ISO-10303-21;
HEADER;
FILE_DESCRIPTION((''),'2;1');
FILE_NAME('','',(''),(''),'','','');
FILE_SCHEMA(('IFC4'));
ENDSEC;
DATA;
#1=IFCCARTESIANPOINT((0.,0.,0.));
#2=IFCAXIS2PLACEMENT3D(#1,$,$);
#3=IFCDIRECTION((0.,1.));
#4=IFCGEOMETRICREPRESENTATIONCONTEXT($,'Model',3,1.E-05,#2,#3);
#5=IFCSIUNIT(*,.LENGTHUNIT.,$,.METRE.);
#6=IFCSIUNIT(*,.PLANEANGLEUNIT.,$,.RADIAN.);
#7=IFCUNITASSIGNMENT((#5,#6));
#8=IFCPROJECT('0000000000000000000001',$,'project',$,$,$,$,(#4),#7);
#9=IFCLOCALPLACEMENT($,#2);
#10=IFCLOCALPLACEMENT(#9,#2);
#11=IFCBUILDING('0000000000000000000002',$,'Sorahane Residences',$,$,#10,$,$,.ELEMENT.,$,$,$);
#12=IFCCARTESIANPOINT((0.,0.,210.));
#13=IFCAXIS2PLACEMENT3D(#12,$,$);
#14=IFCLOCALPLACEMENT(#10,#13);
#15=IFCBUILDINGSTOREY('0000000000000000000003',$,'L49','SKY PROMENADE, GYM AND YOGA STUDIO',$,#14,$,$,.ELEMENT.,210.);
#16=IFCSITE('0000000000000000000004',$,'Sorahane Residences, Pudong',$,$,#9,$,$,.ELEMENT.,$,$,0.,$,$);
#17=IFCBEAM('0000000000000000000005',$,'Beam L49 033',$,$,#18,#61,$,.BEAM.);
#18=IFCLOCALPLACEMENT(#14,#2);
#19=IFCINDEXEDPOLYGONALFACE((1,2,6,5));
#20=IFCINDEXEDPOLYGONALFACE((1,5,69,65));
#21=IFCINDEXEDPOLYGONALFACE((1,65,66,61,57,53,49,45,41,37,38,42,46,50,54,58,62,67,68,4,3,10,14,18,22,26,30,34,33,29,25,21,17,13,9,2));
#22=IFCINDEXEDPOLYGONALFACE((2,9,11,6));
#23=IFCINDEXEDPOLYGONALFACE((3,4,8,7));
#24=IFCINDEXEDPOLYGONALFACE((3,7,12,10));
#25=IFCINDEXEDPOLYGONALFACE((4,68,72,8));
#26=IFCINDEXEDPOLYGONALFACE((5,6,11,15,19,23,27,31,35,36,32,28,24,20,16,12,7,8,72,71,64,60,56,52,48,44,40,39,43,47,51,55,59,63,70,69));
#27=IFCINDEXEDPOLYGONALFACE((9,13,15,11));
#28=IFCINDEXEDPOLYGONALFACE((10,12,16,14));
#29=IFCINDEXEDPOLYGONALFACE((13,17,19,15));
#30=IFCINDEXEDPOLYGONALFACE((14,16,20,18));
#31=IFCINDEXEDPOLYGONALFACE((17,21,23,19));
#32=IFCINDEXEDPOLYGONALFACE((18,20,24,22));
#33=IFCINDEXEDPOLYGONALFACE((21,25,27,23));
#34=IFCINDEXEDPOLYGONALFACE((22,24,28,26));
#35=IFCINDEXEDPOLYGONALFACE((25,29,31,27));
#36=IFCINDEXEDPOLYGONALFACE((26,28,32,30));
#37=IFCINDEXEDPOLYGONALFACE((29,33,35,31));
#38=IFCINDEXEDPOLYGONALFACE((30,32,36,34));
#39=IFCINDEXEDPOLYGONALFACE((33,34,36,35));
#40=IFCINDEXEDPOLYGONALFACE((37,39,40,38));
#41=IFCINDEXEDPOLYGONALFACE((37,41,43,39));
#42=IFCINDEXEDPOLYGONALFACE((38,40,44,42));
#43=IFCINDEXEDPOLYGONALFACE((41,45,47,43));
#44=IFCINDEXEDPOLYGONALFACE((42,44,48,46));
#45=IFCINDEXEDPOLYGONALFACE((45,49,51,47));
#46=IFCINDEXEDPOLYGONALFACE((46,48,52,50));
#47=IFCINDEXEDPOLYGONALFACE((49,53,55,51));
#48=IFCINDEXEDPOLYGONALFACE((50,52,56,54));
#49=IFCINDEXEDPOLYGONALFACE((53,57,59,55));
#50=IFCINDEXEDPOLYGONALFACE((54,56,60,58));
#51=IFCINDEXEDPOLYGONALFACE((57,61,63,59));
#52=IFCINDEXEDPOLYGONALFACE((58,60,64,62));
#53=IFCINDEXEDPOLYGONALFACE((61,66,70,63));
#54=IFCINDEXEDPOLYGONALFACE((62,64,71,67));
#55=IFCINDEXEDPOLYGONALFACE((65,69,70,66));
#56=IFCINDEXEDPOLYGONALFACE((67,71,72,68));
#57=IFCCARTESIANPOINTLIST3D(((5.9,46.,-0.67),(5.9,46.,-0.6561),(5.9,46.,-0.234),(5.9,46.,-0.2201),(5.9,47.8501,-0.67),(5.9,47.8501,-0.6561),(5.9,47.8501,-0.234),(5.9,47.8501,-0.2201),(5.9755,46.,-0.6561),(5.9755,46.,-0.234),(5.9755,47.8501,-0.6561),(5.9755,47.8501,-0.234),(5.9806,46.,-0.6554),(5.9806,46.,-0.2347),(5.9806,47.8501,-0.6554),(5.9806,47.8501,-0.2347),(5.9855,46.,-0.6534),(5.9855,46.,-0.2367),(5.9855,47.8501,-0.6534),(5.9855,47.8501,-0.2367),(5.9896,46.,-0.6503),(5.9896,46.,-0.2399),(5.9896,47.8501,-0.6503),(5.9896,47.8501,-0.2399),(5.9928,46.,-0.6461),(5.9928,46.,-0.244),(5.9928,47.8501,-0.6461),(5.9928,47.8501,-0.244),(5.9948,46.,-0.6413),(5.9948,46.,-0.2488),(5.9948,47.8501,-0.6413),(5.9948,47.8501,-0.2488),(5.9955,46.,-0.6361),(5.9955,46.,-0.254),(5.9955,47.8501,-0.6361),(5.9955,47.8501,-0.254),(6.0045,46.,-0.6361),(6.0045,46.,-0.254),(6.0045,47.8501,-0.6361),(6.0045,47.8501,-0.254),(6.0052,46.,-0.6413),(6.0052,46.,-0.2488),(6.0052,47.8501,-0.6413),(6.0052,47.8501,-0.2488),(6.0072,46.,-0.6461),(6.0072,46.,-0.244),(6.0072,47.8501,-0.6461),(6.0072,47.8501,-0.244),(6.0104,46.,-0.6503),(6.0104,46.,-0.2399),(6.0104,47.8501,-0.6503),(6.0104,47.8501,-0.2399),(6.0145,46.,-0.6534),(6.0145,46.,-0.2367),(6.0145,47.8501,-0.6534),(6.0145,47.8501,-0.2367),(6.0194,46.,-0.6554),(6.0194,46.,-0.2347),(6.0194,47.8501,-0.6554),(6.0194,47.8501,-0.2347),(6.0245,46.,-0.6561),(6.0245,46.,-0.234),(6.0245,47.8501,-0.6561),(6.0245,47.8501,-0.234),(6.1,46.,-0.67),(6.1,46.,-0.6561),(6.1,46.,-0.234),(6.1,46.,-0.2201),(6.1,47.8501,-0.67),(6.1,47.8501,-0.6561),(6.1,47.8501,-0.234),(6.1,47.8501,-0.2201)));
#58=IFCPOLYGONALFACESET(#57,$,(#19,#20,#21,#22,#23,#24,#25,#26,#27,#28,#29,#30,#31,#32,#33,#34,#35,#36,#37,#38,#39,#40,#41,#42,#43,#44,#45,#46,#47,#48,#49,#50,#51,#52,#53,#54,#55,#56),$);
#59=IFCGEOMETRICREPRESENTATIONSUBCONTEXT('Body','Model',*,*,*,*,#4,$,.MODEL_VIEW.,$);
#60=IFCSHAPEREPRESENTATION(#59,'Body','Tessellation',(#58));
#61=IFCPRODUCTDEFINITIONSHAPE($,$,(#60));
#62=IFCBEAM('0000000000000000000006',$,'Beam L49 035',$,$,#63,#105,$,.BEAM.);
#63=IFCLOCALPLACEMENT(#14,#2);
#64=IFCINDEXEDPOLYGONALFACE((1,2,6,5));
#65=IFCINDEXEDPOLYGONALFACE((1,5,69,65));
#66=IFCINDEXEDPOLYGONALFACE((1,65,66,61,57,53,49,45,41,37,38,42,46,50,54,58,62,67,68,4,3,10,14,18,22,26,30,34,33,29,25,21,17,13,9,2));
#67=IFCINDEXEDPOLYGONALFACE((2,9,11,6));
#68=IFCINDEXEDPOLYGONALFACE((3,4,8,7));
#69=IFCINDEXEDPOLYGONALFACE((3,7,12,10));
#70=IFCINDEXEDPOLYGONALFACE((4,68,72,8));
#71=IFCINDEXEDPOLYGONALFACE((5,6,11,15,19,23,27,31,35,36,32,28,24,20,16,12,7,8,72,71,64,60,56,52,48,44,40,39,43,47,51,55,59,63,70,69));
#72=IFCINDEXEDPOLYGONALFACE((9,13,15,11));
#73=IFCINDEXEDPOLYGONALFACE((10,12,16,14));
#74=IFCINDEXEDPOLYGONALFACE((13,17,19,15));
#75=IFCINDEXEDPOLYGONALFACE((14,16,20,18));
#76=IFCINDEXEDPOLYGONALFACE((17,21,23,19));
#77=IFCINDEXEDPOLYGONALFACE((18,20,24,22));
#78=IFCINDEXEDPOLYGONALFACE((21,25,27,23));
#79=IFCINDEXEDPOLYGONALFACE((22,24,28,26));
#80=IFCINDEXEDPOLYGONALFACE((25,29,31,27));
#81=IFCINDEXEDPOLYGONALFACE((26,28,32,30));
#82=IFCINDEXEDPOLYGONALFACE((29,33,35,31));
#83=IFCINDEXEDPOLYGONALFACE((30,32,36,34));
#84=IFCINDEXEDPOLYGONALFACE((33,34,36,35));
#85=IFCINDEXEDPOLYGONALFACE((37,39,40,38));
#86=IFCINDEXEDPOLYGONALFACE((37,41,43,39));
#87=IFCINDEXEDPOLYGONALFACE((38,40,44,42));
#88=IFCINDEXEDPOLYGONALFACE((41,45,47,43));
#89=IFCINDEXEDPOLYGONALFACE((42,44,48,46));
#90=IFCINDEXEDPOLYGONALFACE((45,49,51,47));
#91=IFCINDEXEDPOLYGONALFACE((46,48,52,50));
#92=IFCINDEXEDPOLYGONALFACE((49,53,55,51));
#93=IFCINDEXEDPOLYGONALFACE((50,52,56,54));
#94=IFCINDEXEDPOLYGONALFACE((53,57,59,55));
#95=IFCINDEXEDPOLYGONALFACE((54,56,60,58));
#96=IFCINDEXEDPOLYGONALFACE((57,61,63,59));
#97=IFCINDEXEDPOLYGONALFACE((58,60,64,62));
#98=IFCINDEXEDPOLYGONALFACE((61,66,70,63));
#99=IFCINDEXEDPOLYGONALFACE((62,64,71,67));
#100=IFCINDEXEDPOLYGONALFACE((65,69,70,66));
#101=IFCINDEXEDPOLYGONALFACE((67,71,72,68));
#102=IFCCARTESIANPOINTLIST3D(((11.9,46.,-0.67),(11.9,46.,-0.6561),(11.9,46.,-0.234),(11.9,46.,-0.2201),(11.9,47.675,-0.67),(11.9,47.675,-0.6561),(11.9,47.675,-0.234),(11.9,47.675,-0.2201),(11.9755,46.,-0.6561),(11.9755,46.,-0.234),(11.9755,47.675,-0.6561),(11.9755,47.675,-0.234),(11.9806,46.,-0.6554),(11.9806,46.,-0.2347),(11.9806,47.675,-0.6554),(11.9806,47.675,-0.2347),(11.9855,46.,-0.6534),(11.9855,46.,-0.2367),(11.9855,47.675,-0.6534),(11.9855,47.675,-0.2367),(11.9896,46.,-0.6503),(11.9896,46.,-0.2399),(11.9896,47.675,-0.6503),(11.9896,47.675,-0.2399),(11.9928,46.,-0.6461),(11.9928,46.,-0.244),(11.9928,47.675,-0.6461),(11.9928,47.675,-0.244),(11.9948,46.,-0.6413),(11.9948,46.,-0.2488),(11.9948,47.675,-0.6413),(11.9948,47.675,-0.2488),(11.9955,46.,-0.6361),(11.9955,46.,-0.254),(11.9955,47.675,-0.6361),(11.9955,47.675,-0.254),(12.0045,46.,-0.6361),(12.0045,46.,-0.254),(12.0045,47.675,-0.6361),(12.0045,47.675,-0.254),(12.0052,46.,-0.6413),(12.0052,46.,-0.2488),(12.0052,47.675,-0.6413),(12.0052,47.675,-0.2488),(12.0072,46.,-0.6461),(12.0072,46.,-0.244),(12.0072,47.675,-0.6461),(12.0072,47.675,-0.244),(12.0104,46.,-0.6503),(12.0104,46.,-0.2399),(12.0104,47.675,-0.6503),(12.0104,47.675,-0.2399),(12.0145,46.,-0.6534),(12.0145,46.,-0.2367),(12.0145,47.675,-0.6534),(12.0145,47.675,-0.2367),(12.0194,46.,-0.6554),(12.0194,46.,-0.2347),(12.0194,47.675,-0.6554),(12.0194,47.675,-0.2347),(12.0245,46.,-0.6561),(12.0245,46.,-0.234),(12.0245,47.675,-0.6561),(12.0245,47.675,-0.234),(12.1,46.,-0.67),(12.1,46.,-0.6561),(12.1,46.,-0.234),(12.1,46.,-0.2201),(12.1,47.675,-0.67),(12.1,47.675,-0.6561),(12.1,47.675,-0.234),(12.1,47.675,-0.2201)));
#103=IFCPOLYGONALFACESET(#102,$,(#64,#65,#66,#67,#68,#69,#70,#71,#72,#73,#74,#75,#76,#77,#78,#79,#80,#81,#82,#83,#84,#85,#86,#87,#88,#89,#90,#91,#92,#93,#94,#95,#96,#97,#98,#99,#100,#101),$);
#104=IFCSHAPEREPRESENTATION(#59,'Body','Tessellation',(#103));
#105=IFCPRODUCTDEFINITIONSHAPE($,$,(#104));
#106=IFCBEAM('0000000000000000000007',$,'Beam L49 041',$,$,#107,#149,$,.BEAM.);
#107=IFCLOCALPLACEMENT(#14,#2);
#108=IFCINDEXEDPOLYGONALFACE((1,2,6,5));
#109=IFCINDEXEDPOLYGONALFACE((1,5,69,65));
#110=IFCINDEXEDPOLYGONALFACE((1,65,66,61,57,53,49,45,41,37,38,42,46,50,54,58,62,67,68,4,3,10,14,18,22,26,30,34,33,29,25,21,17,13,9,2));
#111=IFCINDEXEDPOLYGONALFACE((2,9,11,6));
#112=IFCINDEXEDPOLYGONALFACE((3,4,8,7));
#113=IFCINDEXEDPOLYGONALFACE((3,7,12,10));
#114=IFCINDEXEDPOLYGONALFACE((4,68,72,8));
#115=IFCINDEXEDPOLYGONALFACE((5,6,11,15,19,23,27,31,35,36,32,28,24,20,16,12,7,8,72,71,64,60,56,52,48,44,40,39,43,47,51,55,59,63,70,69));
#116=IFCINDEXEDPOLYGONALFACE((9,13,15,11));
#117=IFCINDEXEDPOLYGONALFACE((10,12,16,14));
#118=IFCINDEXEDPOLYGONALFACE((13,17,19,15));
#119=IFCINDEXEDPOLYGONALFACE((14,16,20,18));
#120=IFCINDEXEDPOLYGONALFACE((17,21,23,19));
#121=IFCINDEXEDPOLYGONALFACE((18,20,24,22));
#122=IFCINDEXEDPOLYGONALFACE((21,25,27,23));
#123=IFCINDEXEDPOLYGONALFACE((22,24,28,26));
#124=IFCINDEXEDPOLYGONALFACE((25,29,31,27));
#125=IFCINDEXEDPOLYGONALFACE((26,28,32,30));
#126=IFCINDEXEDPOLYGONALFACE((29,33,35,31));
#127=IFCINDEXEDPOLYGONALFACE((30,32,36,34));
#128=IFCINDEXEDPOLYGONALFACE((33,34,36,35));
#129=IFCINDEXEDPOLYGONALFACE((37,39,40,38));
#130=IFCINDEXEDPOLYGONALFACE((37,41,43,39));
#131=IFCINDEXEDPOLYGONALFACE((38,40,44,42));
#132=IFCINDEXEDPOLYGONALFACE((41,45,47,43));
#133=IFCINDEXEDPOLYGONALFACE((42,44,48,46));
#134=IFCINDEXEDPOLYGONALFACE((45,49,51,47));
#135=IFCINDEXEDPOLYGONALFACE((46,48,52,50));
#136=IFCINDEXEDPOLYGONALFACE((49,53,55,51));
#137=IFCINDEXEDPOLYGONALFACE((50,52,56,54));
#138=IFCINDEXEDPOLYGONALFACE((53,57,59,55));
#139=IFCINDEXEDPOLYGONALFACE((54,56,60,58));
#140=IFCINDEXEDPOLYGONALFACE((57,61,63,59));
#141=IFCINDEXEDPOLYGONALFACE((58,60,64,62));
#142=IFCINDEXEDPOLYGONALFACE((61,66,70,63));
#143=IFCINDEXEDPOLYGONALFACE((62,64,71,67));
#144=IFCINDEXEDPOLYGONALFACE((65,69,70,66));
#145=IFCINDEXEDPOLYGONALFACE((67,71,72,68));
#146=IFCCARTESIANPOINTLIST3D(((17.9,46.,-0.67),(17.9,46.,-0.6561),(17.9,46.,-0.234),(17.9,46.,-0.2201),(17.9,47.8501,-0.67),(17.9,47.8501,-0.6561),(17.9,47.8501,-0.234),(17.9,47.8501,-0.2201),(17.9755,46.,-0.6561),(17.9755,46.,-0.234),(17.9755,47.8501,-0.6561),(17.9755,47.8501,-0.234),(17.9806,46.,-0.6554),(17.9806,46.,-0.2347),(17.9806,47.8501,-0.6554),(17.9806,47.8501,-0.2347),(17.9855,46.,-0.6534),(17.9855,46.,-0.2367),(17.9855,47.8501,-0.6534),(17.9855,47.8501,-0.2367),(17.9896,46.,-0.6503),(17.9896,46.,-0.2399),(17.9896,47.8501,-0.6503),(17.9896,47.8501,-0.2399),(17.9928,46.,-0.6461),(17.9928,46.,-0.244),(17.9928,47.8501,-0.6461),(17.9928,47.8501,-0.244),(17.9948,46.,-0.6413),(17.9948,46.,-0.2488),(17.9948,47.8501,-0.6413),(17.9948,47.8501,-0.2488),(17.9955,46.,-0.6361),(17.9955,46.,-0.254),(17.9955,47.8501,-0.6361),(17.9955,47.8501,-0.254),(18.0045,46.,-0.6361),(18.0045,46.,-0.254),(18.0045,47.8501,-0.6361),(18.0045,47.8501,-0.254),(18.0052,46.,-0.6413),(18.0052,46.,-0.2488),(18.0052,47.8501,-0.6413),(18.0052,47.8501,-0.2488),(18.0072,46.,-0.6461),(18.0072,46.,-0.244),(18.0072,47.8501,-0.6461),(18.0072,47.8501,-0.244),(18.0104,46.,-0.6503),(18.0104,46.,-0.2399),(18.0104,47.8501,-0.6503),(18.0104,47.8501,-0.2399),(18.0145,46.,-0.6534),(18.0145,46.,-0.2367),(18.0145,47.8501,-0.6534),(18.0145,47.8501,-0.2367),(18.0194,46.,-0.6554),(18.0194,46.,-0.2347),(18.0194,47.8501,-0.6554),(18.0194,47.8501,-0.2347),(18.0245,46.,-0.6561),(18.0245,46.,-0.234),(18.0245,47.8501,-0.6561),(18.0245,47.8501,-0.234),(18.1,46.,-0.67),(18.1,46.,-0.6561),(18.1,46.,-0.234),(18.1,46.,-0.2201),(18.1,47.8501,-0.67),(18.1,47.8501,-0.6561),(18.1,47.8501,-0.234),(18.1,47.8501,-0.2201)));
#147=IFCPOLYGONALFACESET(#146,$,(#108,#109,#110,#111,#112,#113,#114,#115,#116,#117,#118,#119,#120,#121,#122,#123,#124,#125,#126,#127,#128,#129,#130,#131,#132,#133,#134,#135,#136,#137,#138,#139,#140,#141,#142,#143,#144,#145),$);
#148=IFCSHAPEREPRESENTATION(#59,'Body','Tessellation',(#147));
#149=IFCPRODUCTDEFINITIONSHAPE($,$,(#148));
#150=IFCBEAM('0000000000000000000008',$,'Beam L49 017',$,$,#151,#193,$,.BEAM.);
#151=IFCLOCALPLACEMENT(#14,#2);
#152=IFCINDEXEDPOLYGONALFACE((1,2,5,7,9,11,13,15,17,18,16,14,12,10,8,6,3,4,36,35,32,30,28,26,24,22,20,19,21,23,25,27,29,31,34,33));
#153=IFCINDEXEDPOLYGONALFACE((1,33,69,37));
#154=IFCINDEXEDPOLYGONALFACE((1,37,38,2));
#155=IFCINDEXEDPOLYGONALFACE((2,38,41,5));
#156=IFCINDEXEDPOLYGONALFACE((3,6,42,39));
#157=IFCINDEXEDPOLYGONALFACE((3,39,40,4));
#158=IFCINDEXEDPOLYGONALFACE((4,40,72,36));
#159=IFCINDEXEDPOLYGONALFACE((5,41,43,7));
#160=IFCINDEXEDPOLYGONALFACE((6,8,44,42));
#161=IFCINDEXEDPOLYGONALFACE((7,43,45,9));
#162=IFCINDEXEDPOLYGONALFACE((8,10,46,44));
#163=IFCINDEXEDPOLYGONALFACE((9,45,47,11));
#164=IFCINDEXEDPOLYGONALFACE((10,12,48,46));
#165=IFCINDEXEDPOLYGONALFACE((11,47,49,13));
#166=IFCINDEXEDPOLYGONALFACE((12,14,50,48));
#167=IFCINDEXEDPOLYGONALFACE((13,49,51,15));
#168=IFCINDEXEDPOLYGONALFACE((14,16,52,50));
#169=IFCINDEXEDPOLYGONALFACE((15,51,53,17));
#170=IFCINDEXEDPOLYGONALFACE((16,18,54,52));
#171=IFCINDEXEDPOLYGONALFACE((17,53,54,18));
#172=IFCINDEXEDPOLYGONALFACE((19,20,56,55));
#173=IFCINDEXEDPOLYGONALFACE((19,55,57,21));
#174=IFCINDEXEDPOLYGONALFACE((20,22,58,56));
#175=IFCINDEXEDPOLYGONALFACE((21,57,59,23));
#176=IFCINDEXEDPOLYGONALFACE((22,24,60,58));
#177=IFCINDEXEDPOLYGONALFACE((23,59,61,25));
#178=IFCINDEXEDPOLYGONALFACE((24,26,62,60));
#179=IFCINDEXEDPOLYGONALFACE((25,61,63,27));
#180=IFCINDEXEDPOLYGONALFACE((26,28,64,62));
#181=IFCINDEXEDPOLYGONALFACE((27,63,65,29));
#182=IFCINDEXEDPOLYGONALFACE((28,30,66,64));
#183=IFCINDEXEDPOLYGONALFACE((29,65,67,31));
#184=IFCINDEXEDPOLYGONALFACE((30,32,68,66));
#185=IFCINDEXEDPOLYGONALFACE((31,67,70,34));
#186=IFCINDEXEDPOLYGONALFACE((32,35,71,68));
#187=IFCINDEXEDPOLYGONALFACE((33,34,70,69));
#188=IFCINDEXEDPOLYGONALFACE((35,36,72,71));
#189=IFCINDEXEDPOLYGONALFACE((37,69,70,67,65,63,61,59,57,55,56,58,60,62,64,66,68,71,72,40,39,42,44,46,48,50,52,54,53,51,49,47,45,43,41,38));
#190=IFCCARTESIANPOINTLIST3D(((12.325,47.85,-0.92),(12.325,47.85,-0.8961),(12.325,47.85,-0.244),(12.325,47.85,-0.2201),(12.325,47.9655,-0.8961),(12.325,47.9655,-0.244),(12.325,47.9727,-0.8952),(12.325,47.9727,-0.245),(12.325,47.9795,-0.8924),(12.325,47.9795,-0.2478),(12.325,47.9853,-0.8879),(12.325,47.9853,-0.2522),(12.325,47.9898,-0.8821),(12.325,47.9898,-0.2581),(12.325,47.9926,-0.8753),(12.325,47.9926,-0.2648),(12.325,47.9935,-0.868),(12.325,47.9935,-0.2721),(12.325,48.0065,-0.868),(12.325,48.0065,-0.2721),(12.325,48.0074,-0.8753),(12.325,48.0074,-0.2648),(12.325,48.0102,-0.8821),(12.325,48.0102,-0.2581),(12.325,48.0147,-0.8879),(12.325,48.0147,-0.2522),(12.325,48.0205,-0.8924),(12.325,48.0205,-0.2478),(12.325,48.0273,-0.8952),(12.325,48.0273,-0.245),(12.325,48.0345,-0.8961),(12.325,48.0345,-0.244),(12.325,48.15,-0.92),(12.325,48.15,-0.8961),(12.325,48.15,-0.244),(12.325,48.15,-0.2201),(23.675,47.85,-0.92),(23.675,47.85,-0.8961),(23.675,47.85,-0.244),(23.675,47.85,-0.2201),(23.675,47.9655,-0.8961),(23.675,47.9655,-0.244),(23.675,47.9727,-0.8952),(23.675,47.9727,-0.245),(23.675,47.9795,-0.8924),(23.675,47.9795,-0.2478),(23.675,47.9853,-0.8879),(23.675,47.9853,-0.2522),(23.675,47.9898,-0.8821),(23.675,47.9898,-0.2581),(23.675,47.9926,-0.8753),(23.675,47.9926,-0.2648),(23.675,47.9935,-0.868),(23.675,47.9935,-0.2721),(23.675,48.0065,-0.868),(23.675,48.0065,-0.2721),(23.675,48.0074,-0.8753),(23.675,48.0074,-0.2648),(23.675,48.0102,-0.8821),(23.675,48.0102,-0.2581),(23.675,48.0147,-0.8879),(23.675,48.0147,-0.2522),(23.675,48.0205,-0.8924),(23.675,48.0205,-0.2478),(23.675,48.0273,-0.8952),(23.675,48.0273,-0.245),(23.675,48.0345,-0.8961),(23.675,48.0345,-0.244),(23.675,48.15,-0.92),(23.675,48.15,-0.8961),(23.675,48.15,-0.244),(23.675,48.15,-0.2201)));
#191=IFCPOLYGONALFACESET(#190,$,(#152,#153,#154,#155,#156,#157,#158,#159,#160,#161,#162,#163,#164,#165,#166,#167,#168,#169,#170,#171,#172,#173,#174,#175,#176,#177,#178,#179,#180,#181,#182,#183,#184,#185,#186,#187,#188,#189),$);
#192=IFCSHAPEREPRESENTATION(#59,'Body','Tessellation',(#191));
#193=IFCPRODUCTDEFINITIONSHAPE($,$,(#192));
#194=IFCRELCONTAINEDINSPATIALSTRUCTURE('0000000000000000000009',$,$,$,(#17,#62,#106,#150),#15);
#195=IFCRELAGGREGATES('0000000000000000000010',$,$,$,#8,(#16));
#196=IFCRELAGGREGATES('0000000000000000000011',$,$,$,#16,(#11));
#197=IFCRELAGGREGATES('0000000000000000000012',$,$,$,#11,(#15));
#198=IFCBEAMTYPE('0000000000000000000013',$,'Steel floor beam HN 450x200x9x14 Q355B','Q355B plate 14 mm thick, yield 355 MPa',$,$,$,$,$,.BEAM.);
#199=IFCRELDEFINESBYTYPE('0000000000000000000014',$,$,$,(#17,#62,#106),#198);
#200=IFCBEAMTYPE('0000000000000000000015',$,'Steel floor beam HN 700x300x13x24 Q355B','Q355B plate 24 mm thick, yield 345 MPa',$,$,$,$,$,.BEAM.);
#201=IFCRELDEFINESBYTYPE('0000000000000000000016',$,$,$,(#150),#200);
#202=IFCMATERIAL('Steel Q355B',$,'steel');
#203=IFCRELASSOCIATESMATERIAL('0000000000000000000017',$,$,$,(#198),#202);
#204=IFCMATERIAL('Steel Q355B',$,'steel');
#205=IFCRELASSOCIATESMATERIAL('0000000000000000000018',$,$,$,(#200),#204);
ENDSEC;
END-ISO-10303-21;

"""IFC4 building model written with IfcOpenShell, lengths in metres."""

from ifc_helpers import new_model, si_unit, direction, frame, origin, origin_2d, place, context, subcontext, project, spatial, i_section, extrude, material, material_profile, profile_set, type_object, element, save


model = new_model("IFC4")

# Units and contexts
model_context = context("Model", 3, precision=1e-05, world=origin(), true_north=direction((0.0, 1.0)))
body_context = subcontext(model_context, "Body", "Model", "MODEL_VIEW")
ifc_project = project(units=[si_unit("LENGTHUNIT", "METRE"), si_unit("PLANEANGLEUNIT", "RADIAN")], contexts=[model_context])

# Site, building, storey
site_placement = place(None, origin())
site = spatial("IfcSite", under=ifc_project, at=site_placement, Name="Sorahane Residences, Pudong", CompositionType="ELEMENT", RefElevation=0.0)
building_placement = place(site_placement, origin())
building = spatial("IfcBuilding", under=site, at=building_placement, Name="Sorahane Residences", CompositionType="ELEMENT")
storey_placement = place(building_placement, frame((0.0, 0.0, 210.0)))
storey = spatial("IfcBuildingStorey", under=building, at=storey_placement, Name="L49", Description="SKY PROMENADE, GYM AND YOGA STUDIO", CompositionType="ELEMENT", Elevation=210.0)

# Beams
ifc_material_1 = material(Name="Steel Q355B", Category="steel")
ifc_material_profile_1 = material_profile(ifc_material_1, i_section(OverallWidth=0.2, OverallDepth=0.45, WebThickness=0.009, FlangeThickness=0.0139, FilletRadius=0.02, at=origin_2d()), Name="HN 450x200x9x14")
ifc_profile_set_1 = profile_set([ifc_material_profile_1], Name="Steel Q355B")
beam_type_1 = type_object("IfcBeamType", Name="Steel floor beam HN 450x200x9x14 Q355B", Description="Q355B plate 14 mm thick, yield 355 MPa", PredefinedType="BEAM", material=ifc_profile_set_1)
beam_1_placement = place(storey_placement, frame((6.0, 46.0, -0.4451), z_axis=(0.0, 1.0, 0.0), x_axis=(-1.0, 0.0, 0.0)))
element("IfcBeam", 1, at=beam_1_placement, inside=storey, type_object=beam_type_1, Name="Beam L49 033", PredefinedType="BEAM", context=body_context, shape_type="SweptSolid", body=[
    extrude(i_section(OverallWidth=0.2, OverallDepth=0.45, WebThickness=0.009, FlangeThickness=0.0139, FilletRadius=0.02, at=origin_2d()), origin(), (0.0, 0.0, 1.0), 1.8501),
])
beam_2_placement = place(storey_placement, frame((12.0, 46.0, -0.4451), z_axis=(0.0, 1.0, 0.0), x_axis=(-1.0, 0.0, 0.0)))
element("IfcBeam", 2, at=beam_2_placement, inside=storey, type_object=beam_type_1, Name="Beam L49 035", PredefinedType="BEAM", context=body_context, shape_type="SweptSolid", body=[
    extrude(i_section(OverallWidth=0.2, OverallDepth=0.45, WebThickness=0.009, FlangeThickness=0.0139, FilletRadius=0.02, at=origin_2d()), origin(), (0.0, 0.0, 1.0), 1.675),
])
beam_3_placement = place(storey_placement, frame((18.0, 46.0, -0.4451), z_axis=(0.0, 1.0, 0.0), x_axis=(-1.0, 0.0, 0.0)))
element("IfcBeam", 3, at=beam_3_placement, inside=storey, type_object=beam_type_1, Name="Beam L49 041", PredefinedType="BEAM", context=body_context, shape_type="SweptSolid", body=[
    extrude(i_section(OverallWidth=0.2, OverallDepth=0.45, WebThickness=0.009, FlangeThickness=0.0139, FilletRadius=0.02, at=origin_2d()), origin(), (0.0, 0.0, 1.0), 1.8501),
])
ifc_material_2 = material(Name="Steel Q355B", Category="steel")
ifc_material_profile_2 = material_profile(ifc_material_2, i_section(OverallWidth=0.3, OverallDepth=0.7, WebThickness=0.0129, FlangeThickness=0.0239, FilletRadius=0.0281, at=origin_2d()), Name="HN 700x300x13x24")
ifc_profile_set_2 = profile_set([ifc_material_profile_2], Name="Steel Q355B")
beam_type_2 = type_object("IfcBeamType", Name="Steel floor beam HN 700x300x13x24 Q355B", Description="Q355B plate 24 mm thick, yield 345 MPa", PredefinedType="BEAM", material=ifc_profile_set_2)
beam_4_placement = place(storey_placement, frame((12.325, 48.0, -0.5701), z_axis=(1.0, 0.0, 0.0), x_axis=(0.0, 1.0, 0.0)))
element("IfcBeam", 4, at=beam_4_placement, inside=storey, type_object=beam_type_2, Name="Beam L49 017", PredefinedType="BEAM", context=body_context, shape_type="SweptSolid", body=[
    extrude(i_section(OverallWidth=0.3, OverallDepth=0.7, WebThickness=0.0129, FlangeThickness=0.0239, FilletRadius=0.0281, at=origin_2d()), origin(), (0.0, 0.0, 1.0), 11.3501),
])

save(model, "model.ifc")
